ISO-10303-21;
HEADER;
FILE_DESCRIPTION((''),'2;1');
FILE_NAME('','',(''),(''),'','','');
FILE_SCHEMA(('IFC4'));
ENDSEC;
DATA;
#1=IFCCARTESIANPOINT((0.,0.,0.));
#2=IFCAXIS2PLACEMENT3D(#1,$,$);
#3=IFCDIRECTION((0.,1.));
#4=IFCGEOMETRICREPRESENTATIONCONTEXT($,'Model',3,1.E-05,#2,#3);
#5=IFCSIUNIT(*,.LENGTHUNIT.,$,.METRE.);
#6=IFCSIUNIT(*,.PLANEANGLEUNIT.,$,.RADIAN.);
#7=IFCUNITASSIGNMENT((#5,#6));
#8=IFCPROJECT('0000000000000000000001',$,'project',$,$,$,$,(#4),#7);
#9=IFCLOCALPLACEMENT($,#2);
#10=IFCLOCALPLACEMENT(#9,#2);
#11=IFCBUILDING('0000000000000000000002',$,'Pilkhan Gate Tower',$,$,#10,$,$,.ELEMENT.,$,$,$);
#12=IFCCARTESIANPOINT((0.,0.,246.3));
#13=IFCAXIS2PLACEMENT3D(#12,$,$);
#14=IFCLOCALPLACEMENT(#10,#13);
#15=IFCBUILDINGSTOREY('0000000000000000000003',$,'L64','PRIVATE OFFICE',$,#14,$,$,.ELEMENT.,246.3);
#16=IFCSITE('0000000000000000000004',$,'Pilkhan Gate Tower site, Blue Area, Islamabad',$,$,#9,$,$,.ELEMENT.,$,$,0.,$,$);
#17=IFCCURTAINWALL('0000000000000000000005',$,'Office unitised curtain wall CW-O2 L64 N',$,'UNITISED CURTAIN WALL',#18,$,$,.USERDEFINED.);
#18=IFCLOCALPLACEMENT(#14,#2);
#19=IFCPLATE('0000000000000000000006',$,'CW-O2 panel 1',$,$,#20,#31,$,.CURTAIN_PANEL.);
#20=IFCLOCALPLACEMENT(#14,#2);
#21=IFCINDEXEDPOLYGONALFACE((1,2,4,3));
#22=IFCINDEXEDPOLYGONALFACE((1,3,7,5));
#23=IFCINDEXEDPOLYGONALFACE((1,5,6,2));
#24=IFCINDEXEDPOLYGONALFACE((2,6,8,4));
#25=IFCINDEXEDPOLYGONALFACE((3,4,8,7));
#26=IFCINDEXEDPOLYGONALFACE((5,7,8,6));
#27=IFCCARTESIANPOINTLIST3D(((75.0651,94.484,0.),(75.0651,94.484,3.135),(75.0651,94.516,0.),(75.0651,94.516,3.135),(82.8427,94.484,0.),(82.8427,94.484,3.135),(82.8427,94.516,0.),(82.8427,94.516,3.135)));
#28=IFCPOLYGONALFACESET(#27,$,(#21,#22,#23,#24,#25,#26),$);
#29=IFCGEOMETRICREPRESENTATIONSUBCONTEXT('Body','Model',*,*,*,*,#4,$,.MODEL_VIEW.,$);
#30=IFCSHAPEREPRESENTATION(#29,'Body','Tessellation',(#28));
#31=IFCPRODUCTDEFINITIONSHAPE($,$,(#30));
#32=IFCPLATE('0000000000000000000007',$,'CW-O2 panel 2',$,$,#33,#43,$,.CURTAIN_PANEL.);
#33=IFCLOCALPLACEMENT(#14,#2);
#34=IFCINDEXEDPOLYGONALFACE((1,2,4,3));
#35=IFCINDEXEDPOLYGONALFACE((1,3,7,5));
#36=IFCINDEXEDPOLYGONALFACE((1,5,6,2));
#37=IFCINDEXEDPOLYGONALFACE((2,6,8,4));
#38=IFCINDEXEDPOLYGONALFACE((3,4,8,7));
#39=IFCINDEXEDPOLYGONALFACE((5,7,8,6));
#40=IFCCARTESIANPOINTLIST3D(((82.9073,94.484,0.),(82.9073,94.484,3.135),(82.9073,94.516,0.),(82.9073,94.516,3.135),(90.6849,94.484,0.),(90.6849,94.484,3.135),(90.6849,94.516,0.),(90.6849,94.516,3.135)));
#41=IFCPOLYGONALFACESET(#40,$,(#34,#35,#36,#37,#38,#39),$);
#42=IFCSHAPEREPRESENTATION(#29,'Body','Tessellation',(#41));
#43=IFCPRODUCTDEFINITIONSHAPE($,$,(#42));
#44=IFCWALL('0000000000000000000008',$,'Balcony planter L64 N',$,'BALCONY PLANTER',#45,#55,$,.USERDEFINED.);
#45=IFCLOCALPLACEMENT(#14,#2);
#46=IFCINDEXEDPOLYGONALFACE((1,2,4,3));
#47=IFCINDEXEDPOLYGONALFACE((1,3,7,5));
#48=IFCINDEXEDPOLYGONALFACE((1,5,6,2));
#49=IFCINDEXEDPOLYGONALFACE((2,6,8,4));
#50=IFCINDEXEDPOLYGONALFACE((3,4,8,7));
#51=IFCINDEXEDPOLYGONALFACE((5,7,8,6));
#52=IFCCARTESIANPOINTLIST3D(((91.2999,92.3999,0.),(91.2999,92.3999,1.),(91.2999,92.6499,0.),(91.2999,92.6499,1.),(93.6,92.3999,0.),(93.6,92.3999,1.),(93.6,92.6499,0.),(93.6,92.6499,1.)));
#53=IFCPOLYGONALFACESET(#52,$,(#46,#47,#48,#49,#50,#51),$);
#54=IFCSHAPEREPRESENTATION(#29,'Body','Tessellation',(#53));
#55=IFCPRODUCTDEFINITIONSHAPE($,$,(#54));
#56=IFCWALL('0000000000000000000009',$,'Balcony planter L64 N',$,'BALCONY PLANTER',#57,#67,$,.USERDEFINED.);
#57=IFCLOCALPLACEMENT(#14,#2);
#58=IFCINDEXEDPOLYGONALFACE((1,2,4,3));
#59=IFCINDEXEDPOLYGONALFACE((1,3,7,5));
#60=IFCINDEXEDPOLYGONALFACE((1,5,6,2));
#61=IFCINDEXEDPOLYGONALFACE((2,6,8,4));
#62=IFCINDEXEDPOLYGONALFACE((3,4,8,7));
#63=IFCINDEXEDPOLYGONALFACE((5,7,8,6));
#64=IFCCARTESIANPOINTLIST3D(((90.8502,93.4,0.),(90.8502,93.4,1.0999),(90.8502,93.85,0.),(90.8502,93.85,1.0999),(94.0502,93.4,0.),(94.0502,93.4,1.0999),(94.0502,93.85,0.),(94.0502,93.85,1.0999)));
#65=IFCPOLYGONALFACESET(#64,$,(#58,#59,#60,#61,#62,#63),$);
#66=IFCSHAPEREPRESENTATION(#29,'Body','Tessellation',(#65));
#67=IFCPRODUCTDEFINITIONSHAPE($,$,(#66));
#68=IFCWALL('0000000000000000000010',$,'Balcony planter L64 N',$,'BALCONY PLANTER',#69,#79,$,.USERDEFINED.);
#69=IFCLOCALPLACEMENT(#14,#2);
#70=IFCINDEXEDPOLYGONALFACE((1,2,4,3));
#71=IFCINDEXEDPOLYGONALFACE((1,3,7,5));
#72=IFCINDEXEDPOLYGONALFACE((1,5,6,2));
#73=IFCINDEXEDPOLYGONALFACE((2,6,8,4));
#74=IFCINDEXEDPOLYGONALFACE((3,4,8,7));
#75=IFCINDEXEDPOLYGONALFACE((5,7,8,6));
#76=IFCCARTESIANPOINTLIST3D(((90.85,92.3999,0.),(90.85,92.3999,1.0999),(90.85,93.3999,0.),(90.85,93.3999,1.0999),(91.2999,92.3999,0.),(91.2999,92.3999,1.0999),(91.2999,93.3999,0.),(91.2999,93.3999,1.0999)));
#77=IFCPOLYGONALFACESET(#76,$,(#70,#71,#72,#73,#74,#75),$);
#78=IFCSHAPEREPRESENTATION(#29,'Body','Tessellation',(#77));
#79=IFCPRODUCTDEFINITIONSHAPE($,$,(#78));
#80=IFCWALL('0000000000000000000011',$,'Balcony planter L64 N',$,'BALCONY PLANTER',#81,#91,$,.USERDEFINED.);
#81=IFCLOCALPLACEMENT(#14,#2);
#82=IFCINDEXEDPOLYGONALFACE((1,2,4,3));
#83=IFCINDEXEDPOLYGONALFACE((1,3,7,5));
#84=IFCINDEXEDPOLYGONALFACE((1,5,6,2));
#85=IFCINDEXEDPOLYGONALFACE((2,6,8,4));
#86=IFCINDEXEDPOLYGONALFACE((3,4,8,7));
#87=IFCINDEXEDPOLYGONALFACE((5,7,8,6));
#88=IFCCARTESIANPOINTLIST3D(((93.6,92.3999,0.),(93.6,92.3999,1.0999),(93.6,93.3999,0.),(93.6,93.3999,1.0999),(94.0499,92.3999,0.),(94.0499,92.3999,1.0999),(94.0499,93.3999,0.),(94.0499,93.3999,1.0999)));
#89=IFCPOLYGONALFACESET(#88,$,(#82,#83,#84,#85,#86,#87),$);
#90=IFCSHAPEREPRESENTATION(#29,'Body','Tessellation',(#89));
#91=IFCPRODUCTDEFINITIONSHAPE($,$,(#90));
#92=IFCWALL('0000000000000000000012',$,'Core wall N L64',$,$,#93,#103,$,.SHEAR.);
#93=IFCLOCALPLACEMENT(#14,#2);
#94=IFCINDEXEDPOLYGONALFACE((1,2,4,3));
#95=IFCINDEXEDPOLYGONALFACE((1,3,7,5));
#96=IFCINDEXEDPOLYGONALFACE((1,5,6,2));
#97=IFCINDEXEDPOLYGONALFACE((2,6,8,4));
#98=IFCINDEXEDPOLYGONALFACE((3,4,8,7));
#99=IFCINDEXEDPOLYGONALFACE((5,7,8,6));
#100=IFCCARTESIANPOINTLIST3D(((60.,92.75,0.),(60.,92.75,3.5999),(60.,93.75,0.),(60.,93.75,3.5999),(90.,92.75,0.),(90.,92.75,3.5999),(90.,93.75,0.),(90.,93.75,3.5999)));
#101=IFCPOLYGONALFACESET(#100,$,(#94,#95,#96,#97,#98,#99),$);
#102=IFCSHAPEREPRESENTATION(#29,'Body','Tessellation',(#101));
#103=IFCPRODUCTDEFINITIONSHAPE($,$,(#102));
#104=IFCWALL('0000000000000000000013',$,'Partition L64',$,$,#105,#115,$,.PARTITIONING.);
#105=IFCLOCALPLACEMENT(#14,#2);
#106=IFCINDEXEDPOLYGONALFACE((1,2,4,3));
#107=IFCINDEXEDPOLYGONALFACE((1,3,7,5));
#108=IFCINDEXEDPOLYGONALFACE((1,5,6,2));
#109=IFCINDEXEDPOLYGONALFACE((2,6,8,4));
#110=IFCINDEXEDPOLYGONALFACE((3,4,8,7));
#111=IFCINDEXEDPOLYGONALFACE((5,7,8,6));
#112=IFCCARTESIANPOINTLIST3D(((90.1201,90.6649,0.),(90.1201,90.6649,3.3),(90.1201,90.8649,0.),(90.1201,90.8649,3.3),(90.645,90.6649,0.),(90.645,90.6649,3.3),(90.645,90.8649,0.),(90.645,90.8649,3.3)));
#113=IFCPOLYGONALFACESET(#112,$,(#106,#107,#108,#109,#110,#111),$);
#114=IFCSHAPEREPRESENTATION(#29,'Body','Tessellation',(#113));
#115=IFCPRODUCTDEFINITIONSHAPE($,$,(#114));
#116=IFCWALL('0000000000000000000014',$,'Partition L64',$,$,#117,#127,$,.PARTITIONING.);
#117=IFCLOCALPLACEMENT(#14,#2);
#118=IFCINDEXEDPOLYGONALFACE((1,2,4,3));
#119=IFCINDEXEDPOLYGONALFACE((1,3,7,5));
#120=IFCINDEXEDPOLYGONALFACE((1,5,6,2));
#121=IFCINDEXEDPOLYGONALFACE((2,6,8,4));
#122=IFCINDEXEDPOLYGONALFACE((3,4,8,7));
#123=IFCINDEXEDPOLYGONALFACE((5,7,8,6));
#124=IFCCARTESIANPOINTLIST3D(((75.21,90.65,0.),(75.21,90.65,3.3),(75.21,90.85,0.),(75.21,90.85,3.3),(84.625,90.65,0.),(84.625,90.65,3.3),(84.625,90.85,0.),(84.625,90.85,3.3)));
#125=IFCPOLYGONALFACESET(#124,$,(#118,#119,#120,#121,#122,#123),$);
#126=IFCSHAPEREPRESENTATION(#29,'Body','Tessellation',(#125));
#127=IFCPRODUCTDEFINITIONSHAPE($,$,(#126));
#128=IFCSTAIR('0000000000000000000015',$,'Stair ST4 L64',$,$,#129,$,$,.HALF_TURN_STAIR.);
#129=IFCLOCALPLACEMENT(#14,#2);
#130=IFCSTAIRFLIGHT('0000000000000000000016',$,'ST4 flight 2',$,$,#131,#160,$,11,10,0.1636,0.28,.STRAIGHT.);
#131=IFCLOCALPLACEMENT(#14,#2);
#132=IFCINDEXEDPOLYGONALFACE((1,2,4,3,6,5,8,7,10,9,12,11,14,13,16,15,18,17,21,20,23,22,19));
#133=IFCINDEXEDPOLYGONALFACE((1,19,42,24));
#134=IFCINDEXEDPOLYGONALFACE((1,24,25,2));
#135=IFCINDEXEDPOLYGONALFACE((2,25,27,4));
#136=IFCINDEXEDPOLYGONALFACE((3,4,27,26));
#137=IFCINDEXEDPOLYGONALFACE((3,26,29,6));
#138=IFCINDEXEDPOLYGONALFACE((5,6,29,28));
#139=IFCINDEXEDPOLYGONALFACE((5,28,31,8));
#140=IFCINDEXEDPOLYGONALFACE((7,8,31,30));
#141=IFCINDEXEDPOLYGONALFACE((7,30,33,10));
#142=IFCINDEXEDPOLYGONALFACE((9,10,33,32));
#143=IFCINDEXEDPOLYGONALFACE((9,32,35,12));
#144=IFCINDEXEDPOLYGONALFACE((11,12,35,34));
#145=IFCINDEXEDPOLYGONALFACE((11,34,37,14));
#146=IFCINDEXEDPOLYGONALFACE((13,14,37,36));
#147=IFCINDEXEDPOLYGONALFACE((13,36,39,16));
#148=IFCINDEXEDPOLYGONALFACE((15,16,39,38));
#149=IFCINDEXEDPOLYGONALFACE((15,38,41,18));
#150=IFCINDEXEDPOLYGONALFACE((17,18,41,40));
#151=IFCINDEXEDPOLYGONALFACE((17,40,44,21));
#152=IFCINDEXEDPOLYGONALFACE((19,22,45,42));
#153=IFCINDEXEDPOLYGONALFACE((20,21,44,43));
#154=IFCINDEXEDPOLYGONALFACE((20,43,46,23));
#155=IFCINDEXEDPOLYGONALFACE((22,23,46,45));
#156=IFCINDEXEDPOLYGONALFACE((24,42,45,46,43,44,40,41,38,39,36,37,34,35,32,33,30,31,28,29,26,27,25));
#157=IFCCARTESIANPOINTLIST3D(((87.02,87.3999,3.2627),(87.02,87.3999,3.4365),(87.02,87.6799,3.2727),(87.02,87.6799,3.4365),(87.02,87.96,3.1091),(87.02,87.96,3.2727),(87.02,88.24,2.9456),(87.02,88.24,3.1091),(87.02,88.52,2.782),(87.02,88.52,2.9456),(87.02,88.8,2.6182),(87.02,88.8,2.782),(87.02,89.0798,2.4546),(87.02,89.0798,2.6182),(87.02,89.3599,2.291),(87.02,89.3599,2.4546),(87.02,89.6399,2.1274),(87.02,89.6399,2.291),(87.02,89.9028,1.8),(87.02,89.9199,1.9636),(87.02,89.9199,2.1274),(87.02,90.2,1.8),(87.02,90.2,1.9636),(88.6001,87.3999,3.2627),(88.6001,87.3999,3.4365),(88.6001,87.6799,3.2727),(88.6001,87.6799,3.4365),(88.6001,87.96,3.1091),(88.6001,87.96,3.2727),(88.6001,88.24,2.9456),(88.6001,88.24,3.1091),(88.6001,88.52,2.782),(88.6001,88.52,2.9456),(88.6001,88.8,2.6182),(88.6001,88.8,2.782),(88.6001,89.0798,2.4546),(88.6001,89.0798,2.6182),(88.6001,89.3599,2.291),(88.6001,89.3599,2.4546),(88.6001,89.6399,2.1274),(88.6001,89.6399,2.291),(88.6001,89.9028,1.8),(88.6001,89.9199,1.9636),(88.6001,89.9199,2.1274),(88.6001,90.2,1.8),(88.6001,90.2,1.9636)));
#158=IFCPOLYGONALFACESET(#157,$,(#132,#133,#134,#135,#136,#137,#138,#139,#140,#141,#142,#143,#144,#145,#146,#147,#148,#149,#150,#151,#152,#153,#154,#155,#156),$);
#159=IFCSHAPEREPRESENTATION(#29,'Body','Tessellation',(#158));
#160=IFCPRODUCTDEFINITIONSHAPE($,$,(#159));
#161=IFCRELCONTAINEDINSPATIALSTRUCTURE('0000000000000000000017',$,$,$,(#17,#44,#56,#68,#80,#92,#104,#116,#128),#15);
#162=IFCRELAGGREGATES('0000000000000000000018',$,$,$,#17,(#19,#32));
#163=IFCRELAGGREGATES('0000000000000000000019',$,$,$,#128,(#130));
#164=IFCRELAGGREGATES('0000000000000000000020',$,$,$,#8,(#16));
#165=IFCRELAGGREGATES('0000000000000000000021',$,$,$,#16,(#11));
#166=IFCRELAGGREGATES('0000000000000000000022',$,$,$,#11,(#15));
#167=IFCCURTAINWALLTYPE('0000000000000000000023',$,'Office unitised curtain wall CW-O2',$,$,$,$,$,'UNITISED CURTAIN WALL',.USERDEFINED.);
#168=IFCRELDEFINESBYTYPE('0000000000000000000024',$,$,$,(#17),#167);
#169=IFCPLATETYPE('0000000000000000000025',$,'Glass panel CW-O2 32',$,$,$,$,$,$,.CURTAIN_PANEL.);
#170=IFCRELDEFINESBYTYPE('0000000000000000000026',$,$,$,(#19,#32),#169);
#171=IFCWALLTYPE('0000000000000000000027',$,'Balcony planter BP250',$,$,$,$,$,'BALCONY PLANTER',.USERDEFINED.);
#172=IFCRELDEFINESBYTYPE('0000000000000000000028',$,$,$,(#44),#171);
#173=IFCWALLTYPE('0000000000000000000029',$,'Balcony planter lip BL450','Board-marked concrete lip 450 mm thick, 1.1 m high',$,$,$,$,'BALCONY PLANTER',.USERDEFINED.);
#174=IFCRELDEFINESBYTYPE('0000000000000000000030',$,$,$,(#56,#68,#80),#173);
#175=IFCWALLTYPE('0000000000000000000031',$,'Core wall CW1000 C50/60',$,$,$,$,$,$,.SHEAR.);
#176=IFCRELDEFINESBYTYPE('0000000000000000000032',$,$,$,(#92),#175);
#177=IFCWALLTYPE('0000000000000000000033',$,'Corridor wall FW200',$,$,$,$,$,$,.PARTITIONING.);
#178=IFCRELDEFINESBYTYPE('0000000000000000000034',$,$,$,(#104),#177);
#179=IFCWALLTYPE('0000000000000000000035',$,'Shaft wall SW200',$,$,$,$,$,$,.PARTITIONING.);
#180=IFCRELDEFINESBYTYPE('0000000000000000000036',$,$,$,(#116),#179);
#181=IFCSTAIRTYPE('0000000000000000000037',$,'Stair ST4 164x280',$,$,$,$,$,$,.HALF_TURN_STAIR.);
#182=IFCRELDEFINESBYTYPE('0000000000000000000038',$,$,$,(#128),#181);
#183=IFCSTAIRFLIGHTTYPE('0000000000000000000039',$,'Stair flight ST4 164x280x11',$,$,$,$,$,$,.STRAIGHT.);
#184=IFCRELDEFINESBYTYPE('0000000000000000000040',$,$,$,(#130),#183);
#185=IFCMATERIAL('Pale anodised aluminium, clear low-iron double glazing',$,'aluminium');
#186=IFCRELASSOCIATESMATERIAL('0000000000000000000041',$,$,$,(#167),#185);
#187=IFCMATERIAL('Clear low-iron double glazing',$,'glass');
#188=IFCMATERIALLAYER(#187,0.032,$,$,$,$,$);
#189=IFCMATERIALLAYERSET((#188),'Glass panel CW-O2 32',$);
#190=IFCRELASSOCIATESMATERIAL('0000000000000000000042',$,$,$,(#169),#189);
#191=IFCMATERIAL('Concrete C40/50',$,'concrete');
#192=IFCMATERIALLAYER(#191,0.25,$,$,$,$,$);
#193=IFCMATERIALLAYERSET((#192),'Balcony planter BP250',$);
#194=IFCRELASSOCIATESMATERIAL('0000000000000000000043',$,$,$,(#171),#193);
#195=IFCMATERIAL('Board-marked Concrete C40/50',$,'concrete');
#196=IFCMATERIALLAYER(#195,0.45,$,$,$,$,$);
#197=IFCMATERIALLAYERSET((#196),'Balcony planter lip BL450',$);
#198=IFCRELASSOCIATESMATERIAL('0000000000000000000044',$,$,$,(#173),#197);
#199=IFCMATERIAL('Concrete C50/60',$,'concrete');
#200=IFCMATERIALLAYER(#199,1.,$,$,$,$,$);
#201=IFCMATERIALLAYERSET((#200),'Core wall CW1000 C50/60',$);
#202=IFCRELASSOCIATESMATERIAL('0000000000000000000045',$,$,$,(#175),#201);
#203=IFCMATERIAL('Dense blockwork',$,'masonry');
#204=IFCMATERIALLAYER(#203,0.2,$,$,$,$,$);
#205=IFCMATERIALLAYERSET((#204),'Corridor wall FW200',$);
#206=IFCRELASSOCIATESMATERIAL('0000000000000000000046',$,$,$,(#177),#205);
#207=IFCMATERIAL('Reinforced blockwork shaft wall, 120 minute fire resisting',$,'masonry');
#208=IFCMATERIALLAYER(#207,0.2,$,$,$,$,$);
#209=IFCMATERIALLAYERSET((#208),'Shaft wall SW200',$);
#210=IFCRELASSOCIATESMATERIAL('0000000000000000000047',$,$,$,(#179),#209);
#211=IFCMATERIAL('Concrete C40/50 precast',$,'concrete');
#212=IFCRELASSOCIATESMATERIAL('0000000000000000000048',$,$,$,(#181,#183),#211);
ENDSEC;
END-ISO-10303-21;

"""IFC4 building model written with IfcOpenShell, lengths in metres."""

from ifc_helpers import new_model, si_unit, direction, frame, frame_2d, origin, origin_2d, place, context, subcontext, project, spatial, polyline, rectangle, outline, extrude, material, layer, layer_set, type_object, element, aggregate, save


model = new_model("IFC4")

# Units and contexts
model_context = context("Model", 3, precision=1e-05, world=origin(), true_north=direction((0.0, 1.0)))
body_context = subcontext(model_context, "Body", "Model", "MODEL_VIEW")
ifc_project = project(units=[si_unit("LENGTHUNIT", "METRE"), si_unit("PLANEANGLEUNIT", "RADIAN")], contexts=[model_context])

# Site, building, storey
site_placement = place(None, origin())
site = spatial("IfcSite", under=ifc_project, at=site_placement, Name="Pilkhan Gate Tower site, Blue Area, Islamabad", CompositionType="ELEMENT", RefElevation=0.0)
building_placement = place(site_placement, origin())
building = spatial("IfcBuilding", under=site, at=building_placement, Name="Pilkhan Gate Tower", CompositionType="ELEMENT")
storey_placement = place(building_placement, frame((0.0, 0.0, 246.3)))
storey = spatial("IfcBuildingStorey", under=building, at=storey_placement, Name="L64", Description="PRIVATE OFFICE", CompositionType="ELEMENT", Elevation=246.3)

# Shared definitions
ifc_material_1 = material(Name="Concrete C50/60", Category="concrete")

# Shared definitions
ifc_material_2 = material(Name="Pale anodised aluminium, clear low-iron double glazing", Category="aluminium")
curtain_wall_type = type_object("IfcCurtainWallType", Name="Office unitised curtain wall CW-O2", ElementType="UNITISED CURTAIN WALL", PredefinedType="USERDEFINED", material=ifc_material_2)

# Curtain wall
curtain_wall_1_placement = place(storey_placement, origin())
curtain_wall_1 = element("IfcCurtainWall", 1, at=curtain_wall_1_placement, inside=storey, type_object=curtain_wall_type, Name="Office unitised curtain wall CW-O2 L64 N", ObjectType="UNITISED CURTAIN WALL", PredefinedType="USERDEFINED")

# Plates
ifc_material_3 = material(Name="Clear low-iron double glazing", Category="glass")
ifc_layer_1 = layer(ifc_material_3, 0.032)
ifc_layer_set_1 = layer_set([ifc_layer_1], Name="Glass panel CW-O2 32")
plate_type = type_object("IfcPlateType", Name="Glass panel CW-O2 32", PredefinedType="CURTAIN_PANEL", material=ifc_layer_set_1)
plate_1_placement = place(storey_placement, frame((78.9539, 94.5, 0.0), z_axis=(0.0, 0.0, 1.0), x_axis=(1.0, 0.0, 0.0)))
plate_1 = element("IfcPlate", 2, at=plate_1_placement, type_object=plate_type, Name="CW-O2 panel 1", PredefinedType="CURTAIN_PANEL", context=body_context, shape_type="SweptSolid", body=[
    extrude(rectangle(XDim=7.7776, YDim=0.032, at=origin_2d()), origin(), (0.0, 0.0, 1.0), 3.135),
])
plate_2_placement = place(storey_placement, frame((86.7961, 94.5, 0.0), z_axis=(0.0, 0.0, 1.0), x_axis=(1.0, 0.0, 0.0)))
plate_2 = element("IfcPlate", 3, at=plate_2_placement, type_object=plate_type, Name="CW-O2 panel 2", PredefinedType="CURTAIN_PANEL", context=body_context, shape_type="SweptSolid", body=[
    extrude(rectangle(XDim=7.7776, YDim=0.032, at=origin_2d()), origin(), (0.0, 0.0, 1.0), 3.135),
])
aggregate(curtain_wall_1, [plate_1, plate_2])

# Walls
ifc_material_4 = material(Name="Concrete C40/50", Category="concrete")
ifc_layer_2 = layer(ifc_material_4, 0.25)
ifc_layer_set_2 = layer_set([ifc_layer_2], Name="Balcony planter BP250")
wall_type_1 = type_object("IfcWallType", Name="Balcony planter BP250", ElementType="BALCONY PLANTER", PredefinedType="USERDEFINED", material=ifc_layer_set_2)
wall_1_placement = place(storey_placement, frame((91.3, 92.5249, 0.0), z_axis=(0.0, 0.0, 1.0), x_axis=(1.0, 0.0, 0.0)))
element("IfcWall", 4, at=wall_1_placement, inside=storey, type_object=wall_type_1, Name="Balcony planter L64 N", ObjectType="BALCONY PLANTER", PredefinedType="USERDEFINED", context=body_context, shape_type="SweptSolid", body=[
    extrude(rectangle(XDim=2.3, YDim=0.25, at=frame_2d((1.1499, 0.0))), origin(), (0.0, 0.0, 1.0), 1.0),
])
ifc_material_5 = material(Name="Board-marked Concrete C40/50", Category="concrete")
ifc_layer_3 = layer(ifc_material_5, 0.45)
ifc_layer_set_3 = layer_set([ifc_layer_3], Name="Balcony planter lip BL450")
wall_type_2 = type_object("IfcWallType", Name="Balcony planter lip BL450", Description="Board-marked concrete lip 450 mm thick, 1.1 m high", ElementType="BALCONY PLANTER", PredefinedType="USERDEFINED", material=ifc_layer_set_3)
wall_2_placement = place(storey_placement, frame((90.8501, 93.625, 0.0), z_axis=(0.0, 0.0, 1.0), x_axis=(1.0, 0.0, 0.0)))
element("IfcWall", 5, at=wall_2_placement, inside=storey, type_object=wall_type_2, Name="Balcony planter L64 N", ObjectType="BALCONY PLANTER", PredefinedType="USERDEFINED", context=body_context, shape_type="SweptSolid", body=[
    extrude(rectangle(XDim=3.2, YDim=0.45, at=frame_2d((1.6001, 0.0))), origin(), (0.0, 0.0, 1.0), 1.0999),
])
for number, where, z_axis, x_axis, name in (
    (6, (91.075, 92.3999, 0.0), (0.0, 0.0, 1.0), (0.0, 1.0, 0.0), "Balcony planter L64 N"),
    (7, (93.825, 92.3999, 0.0), (0.0, 0.0, 1.0), (0.0, 1.0, 0.0), "Balcony planter L64 N"),
):
    element("IfcWall", number, at=place(storey_placement, frame(where, z_axis=z_axis, x_axis=x_axis)), inside=storey, type_object=wall_type_2, Name=name, ObjectType="BALCONY PLANTER", PredefinedType="USERDEFINED", context=body_context, shape_type="SweptSolid", body=[
        extrude(rectangle(XDim=1.0, YDim=0.45, at=frame_2d((0.5, 0.0))), origin(), (0.0, 0.0, 1.0), 1.0999),
    ])
ifc_layer_4 = layer(ifc_material_1, 1.0)
ifc_layer_set_4 = layer_set([ifc_layer_4], Name="Core wall CW1000 C50/60")
wall_type_3 = type_object("IfcWallType", Name="Core wall CW1000 C50/60", PredefinedType="SHEAR", material=ifc_layer_set_4)
wall_3_placement = place(storey_placement, frame((90.0, 93.25, 0.0), z_axis=(0.0, 0.0, 1.0), x_axis=(-1.0, 0.0, 0.0)))
element("IfcWall", 8, at=wall_3_placement, inside=storey, type_object=wall_type_3, Name="Core wall N L64", PredefinedType="SHEAR", context=body_context, shape_type="SweptSolid", body=[
    extrude(rectangle(XDim=30.0, YDim=1.0, at=frame_2d((15.0, 0.0))), origin(), (0.0, 0.0, 1.0), 3.5999),
])
ifc_material_6 = material(Name="Dense blockwork", Category="masonry")
ifc_layer_5 = layer(ifc_material_6, 0.2)
ifc_layer_set_5 = layer_set([ifc_layer_5], Name="Corridor wall FW200")
wall_type_4 = type_object("IfcWallType", Name="Corridor wall FW200", PredefinedType="PARTITIONING", material=ifc_layer_set_5)
wall_4_placement = place(storey_placement, frame((90.1201, 90.7649, 0.0), z_axis=(0.0, 0.0, 1.0), x_axis=(1.0, 0.0, 0.0)))
element("IfcWall", 9, at=wall_4_placement, inside=storey, type_object=wall_type_4, Name="Partition L64", PredefinedType="PARTITIONING", context=body_context, shape_type="SweptSolid", body=[
    extrude(rectangle(XDim=0.5249, YDim=0.2, at=frame_2d((0.2625, 0.0))), origin(), (0.0, 0.0, 1.0), 3.3),
])

# Wall
ifc_material_7 = material(Name="Reinforced blockwork shaft wall, 120 minute fire resisting", Category="masonry")
ifc_layer_6 = layer(ifc_material_7, 0.2)
ifc_layer_set_6 = layer_set([ifc_layer_6], Name="Shaft wall SW200")
wall_type_5 = type_object("IfcWallType", Name="Shaft wall SW200", PredefinedType="PARTITIONING", material=ifc_layer_set_6)
wall_5_placement = place(storey_placement, frame((75.21, 90.75, 0.0), z_axis=(0.0, 0.0, 1.0), x_axis=(1.0, 0.0, 0.0)))
element("IfcWall", 10, at=wall_5_placement, inside=storey, type_object=wall_type_5, Name="Partition L64", PredefinedType="PARTITIONING", context=body_context, shape_type="SweptSolid", body=[
    extrude(rectangle(XDim=9.415, YDim=0.2, at=frame_2d((4.7075, 0.0))), origin(), (0.0, 0.0, 1.0), 3.3),
])

# Stair, stair flight
ifc_material_8 = material(Name="Concrete C40/50 precast", Category="concrete")
stair_type = type_object("IfcStairType", Name="Stair ST4 164x280", PredefinedType="HALF_TURN_STAIR", material=ifc_material_8)
stair_placement = place(storey_placement, origin())
stair = element("IfcStair", 11, at=stair_placement, inside=storey, type_object=stair_type, Name="Stair ST4 L64", PredefinedType="HALF_TURN_STAIR")
stair_flight_type = type_object("IfcStairFlightType", Name="Stair flight ST4 164x280x11", PredefinedType="STRAIGHT", material=ifc_material_8)
stair_flight_placement = place(storey_placement, frame((87.8101, 90.2, 1.8), z_axis=(0.0, 0.0, 1.0), x_axis=(0.0, -1.0, 0.0)))
stair_flight = element("IfcStairFlight", 12, at=stair_flight_placement, type_object=stair_flight_type, Name="ST4 flight 2", NumberOfRisers=11, NumberOfTreads=10, PredefinedType="STRAIGHT", RiserHeight=0.1636, TreadLength=0.28, context=body_context, shape_type="SweptSolid", body=[
    extrude(outline(polyline([(0.0, 0.0), (0.0, 0.1636), (0.28, 0.1636), (0.28, 0.3274), (0.5601, 0.3274), (0.5601, 0.491), (0.8401, 0.491), (0.8401, 0.6545), (1.1201, 0.6545), (1.1201, 0.8181), (1.3999, 0.8181), (1.3999, 0.9819), (1.6799, 0.9819), (1.6799, 1.1455), (1.96, 1.1455), (1.96, 1.3091), (2.24, 1.3091), (2.24, 1.4727), (2.52, 1.4727), (2.52, 1.6365), (2.8, 1.6365), (2.8, 1.8), (2.8, 1.4626), (0.2971, 0.0), (0.0, 0.0)])), frame((0.0, 0.79, 0.0), z_axis=(0.0, -1.0, 0.0), x_axis=(1.0, 0.0, 0.0)), (0.0, 0.0, 1.0), 1.5801),
])
aggregate(stair, [stair_flight])

save(model, "model.ifc")
